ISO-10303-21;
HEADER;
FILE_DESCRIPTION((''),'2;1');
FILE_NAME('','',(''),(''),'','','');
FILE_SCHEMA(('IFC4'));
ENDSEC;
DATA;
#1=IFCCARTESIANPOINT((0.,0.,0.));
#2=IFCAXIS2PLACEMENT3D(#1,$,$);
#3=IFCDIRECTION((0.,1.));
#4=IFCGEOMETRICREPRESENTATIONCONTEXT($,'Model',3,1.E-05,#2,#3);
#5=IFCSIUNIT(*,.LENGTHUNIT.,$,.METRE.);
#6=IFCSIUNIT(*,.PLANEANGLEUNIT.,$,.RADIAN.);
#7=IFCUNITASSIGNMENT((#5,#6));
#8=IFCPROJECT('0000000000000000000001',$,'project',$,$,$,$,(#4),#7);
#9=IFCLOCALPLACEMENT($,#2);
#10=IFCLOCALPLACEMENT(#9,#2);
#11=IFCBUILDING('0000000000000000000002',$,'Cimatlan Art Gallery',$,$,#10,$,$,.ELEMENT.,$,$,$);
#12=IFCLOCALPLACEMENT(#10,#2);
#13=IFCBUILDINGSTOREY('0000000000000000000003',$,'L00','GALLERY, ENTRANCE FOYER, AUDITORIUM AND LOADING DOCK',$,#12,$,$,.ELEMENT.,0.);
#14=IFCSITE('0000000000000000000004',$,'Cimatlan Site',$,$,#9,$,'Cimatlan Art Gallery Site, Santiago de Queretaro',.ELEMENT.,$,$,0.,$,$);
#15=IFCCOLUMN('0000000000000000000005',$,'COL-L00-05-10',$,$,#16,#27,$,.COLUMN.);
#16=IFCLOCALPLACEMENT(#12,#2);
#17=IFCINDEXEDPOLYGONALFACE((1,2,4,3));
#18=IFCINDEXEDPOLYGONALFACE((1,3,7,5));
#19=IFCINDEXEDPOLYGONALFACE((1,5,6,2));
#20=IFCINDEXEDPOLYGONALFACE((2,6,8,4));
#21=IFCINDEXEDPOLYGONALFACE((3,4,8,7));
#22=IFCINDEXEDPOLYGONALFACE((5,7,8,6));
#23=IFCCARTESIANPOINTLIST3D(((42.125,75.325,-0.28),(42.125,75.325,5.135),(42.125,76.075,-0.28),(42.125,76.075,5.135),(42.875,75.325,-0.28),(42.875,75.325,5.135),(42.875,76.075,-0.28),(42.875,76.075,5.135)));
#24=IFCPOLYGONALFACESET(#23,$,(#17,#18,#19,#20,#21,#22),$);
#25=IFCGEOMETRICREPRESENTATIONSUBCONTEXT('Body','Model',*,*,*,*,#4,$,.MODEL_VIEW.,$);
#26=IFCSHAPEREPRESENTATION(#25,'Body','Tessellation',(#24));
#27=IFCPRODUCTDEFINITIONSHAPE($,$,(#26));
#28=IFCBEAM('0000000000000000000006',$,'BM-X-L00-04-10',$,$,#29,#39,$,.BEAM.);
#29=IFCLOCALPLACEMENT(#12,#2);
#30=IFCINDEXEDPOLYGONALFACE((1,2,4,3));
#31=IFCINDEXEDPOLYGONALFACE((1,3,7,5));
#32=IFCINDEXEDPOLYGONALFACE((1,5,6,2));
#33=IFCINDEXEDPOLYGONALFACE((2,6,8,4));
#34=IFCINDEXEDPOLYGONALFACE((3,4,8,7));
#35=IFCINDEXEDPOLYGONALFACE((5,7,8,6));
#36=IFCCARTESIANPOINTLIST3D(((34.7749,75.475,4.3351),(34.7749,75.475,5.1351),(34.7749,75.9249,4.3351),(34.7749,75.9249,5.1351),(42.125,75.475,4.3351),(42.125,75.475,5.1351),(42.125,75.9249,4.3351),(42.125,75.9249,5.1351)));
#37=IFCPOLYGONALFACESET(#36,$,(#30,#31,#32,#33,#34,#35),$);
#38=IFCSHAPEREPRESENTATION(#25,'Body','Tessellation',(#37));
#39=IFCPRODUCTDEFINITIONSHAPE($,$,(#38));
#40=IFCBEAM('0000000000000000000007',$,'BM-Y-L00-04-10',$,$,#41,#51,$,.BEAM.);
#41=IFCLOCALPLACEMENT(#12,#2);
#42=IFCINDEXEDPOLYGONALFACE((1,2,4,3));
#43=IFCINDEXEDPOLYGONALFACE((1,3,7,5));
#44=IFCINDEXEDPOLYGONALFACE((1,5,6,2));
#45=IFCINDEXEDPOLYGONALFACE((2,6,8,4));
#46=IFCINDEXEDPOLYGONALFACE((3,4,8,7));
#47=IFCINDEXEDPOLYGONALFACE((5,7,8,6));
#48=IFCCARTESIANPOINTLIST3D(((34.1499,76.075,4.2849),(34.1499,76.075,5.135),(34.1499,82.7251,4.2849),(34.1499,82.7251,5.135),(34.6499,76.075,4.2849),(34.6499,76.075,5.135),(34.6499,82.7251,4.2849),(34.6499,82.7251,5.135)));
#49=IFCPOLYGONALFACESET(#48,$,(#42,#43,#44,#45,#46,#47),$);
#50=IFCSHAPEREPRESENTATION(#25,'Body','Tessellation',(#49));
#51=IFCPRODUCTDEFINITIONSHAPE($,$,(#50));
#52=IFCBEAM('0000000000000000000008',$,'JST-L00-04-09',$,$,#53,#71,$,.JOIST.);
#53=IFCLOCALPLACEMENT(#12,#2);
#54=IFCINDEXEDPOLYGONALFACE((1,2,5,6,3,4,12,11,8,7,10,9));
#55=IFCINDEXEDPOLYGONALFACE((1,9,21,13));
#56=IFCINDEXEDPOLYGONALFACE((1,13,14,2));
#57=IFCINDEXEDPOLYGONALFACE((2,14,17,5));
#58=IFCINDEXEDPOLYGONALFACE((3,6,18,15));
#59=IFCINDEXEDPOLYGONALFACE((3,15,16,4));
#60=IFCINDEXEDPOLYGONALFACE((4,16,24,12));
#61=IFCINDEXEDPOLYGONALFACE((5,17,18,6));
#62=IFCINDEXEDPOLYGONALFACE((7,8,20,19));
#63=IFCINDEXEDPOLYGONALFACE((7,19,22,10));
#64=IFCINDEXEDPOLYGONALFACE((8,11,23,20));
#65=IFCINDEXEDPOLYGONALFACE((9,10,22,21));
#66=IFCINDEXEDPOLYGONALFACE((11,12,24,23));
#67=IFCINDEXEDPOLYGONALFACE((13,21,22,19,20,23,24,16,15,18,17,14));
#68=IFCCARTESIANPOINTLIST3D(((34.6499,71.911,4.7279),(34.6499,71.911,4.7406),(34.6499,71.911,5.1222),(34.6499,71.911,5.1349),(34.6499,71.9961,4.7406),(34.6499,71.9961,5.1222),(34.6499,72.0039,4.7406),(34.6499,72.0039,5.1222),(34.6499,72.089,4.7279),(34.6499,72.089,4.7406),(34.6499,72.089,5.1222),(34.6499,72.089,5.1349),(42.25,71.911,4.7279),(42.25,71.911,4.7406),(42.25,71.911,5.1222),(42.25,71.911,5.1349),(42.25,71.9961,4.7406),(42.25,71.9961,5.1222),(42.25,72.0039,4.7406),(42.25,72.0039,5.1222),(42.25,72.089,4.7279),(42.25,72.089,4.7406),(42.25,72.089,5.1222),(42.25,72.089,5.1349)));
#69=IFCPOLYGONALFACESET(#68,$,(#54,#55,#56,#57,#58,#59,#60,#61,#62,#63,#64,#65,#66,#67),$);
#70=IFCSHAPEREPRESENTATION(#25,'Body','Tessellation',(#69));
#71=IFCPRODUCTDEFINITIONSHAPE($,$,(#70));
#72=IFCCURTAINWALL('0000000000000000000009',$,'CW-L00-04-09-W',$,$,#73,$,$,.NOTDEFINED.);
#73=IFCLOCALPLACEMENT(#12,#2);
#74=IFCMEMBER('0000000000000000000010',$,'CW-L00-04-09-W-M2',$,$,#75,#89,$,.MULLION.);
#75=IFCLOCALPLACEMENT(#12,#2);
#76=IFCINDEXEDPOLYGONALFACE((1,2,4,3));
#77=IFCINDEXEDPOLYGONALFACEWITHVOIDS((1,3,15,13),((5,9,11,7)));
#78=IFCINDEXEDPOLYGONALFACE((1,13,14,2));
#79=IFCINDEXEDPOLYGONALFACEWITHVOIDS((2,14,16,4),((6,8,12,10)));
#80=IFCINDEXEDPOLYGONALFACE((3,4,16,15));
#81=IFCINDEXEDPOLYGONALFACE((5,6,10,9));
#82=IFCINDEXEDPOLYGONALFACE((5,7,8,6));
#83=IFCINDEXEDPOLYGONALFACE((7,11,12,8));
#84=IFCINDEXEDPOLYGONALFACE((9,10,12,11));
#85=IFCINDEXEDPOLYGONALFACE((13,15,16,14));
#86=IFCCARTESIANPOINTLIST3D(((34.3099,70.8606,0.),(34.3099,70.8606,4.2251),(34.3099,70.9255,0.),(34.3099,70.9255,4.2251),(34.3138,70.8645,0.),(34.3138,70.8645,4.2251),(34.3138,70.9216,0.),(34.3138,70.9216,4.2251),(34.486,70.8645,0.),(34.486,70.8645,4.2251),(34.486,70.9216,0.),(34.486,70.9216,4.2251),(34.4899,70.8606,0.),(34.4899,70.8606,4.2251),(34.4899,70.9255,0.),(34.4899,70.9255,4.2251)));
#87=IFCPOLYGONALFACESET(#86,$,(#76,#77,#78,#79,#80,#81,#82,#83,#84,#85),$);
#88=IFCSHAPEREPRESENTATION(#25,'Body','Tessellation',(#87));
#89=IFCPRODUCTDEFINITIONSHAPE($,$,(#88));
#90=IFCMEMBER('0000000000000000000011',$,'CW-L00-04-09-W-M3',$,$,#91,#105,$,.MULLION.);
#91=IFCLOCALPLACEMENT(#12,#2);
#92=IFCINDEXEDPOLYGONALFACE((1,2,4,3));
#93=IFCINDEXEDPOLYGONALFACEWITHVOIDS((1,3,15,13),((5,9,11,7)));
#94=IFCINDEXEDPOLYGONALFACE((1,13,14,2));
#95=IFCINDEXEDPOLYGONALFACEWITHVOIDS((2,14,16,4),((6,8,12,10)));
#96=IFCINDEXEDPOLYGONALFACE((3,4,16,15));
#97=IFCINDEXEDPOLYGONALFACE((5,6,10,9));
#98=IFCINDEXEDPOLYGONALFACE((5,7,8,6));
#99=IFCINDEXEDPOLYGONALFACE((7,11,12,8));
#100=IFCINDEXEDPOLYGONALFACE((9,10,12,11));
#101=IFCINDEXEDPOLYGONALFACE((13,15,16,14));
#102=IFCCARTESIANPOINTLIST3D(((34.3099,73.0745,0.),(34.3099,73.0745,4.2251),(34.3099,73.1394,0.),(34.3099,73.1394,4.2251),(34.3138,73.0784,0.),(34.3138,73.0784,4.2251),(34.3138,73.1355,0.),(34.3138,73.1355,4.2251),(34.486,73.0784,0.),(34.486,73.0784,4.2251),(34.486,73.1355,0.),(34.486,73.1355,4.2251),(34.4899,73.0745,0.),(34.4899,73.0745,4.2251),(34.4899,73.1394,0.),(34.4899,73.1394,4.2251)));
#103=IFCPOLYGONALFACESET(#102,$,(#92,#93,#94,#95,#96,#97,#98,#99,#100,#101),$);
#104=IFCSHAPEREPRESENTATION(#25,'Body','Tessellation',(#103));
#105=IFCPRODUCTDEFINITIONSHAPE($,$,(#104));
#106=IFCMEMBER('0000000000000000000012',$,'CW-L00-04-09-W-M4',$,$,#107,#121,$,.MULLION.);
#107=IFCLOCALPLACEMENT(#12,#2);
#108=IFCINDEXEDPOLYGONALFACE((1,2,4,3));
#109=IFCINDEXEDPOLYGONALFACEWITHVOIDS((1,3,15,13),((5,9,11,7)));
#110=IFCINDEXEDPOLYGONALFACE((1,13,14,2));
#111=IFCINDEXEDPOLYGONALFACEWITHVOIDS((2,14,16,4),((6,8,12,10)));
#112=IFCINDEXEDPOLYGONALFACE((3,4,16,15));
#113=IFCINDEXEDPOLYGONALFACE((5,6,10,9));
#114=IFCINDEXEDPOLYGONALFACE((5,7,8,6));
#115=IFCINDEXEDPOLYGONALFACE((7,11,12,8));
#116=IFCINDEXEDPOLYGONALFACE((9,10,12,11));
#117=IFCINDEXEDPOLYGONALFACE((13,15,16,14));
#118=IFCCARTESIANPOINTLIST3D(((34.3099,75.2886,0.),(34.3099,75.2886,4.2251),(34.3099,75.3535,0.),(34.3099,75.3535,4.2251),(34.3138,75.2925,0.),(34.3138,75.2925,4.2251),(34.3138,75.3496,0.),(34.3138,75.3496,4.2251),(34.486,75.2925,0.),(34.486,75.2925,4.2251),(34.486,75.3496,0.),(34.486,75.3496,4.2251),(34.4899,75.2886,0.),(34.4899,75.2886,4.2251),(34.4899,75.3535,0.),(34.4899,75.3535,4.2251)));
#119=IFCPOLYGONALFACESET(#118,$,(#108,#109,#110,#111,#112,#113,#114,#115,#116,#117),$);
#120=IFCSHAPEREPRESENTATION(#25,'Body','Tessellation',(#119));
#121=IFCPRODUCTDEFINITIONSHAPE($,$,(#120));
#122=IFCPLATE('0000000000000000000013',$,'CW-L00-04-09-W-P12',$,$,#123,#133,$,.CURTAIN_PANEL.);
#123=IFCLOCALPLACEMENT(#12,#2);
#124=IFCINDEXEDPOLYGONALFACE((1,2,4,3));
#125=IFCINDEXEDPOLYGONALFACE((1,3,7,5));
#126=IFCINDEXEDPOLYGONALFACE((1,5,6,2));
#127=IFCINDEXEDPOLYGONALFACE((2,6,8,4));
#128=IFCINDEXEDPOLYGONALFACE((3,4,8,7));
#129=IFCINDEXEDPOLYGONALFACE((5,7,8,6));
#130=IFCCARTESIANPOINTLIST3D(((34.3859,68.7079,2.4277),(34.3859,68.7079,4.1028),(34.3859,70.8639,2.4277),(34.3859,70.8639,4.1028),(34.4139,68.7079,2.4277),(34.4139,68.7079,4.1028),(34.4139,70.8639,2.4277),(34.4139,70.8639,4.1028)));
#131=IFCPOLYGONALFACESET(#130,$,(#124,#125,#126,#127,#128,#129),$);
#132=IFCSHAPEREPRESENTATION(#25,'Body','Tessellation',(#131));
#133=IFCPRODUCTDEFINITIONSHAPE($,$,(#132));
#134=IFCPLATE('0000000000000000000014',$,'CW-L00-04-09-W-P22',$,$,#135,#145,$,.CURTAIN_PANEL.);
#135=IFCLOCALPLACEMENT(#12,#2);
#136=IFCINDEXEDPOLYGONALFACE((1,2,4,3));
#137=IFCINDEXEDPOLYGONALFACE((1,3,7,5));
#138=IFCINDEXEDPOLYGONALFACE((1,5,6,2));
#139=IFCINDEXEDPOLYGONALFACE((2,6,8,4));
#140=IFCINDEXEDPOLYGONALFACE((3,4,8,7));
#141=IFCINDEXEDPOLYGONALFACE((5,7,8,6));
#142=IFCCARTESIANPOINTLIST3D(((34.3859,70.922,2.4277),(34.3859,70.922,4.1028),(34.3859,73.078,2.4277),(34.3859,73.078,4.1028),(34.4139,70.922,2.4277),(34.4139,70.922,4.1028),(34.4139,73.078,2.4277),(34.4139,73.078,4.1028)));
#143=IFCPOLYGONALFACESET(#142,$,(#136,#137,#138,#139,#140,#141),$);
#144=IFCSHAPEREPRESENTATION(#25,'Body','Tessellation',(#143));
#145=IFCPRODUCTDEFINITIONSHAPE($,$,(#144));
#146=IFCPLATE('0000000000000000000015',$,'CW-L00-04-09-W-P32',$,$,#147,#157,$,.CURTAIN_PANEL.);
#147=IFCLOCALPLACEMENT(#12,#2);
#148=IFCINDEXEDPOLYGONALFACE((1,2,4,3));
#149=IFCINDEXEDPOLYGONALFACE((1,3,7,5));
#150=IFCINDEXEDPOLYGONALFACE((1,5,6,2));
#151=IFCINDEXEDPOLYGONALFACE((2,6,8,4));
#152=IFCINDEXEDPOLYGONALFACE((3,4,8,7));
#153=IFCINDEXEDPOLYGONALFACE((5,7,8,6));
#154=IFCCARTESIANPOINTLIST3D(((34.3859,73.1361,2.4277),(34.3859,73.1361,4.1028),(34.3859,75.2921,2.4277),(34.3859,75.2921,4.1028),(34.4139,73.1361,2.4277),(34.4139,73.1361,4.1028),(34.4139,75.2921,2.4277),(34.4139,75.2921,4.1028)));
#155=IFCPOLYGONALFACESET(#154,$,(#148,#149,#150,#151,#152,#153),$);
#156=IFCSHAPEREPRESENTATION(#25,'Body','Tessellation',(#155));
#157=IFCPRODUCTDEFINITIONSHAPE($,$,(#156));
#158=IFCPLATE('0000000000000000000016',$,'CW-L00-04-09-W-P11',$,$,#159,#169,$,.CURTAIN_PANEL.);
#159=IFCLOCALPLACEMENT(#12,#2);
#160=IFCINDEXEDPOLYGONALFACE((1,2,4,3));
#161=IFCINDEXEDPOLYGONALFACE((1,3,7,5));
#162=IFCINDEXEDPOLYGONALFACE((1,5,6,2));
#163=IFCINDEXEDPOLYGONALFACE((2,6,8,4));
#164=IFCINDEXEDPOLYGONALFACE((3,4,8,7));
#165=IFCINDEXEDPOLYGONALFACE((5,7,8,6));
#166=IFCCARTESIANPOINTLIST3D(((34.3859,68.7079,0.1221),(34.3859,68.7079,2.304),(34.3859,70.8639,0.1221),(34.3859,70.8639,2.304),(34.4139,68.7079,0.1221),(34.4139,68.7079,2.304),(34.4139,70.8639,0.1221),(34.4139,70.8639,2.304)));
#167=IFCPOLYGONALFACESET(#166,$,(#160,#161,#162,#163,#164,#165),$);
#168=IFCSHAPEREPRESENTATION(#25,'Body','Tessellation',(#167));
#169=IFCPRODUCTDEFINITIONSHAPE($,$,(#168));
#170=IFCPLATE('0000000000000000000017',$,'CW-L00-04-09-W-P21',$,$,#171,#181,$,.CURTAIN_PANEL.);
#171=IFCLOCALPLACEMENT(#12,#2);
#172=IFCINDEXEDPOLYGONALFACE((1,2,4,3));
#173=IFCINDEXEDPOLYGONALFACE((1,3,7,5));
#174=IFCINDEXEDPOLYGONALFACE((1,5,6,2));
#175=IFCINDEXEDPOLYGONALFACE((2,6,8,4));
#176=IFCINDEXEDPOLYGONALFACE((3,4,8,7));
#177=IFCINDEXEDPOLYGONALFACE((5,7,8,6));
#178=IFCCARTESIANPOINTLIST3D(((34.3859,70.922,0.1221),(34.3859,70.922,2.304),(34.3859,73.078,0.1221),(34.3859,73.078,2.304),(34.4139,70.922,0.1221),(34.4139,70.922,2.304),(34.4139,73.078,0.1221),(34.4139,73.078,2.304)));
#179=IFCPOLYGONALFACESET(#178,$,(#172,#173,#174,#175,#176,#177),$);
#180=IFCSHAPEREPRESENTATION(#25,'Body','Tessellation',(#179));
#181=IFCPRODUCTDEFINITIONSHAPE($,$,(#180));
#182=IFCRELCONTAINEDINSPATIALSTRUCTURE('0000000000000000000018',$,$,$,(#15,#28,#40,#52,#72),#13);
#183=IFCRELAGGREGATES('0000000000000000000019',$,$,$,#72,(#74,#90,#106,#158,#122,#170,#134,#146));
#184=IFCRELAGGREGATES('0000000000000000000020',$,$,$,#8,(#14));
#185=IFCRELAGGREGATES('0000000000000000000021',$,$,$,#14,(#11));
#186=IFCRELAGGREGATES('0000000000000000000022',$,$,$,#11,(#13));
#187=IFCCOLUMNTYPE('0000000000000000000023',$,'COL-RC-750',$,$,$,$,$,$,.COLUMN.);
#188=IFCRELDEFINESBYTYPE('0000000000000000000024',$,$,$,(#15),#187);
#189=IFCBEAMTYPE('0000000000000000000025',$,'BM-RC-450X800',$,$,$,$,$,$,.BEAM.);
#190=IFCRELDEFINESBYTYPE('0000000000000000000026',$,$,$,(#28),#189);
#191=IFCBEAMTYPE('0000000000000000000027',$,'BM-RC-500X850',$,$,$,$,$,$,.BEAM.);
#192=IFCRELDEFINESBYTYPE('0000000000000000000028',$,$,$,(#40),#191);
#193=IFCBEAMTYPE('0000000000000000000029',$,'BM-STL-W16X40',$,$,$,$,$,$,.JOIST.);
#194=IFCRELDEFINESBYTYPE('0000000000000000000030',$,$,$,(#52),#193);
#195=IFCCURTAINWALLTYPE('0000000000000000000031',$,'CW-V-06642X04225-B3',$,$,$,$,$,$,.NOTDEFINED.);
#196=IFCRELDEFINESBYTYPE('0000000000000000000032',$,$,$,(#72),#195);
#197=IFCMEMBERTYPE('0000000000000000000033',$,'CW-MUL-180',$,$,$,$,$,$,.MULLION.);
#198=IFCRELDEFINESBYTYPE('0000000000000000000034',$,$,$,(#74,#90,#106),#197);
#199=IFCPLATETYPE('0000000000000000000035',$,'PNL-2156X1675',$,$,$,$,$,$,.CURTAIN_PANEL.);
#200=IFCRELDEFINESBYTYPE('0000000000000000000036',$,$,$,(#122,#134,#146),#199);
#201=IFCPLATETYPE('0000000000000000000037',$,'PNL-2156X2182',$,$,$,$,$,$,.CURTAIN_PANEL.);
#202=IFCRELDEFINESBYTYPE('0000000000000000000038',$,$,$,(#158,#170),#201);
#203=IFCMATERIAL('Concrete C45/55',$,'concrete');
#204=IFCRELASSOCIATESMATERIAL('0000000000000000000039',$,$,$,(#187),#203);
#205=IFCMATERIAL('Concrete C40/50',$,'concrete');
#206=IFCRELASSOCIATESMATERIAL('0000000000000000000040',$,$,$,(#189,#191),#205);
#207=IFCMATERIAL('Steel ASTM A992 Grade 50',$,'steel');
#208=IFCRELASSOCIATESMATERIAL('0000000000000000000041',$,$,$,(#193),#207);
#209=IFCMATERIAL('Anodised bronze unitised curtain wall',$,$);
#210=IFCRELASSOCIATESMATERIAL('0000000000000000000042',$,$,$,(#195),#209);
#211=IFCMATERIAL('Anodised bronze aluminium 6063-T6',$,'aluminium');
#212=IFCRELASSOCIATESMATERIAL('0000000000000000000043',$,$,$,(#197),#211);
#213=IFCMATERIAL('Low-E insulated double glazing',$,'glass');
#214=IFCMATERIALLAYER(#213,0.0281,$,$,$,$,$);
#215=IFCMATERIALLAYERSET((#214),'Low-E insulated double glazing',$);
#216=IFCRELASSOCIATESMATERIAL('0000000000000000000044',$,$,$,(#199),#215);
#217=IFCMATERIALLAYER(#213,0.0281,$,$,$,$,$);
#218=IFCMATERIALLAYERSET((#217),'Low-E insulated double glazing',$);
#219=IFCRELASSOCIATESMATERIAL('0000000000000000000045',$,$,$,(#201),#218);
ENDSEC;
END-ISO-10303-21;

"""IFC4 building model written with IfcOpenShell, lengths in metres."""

from ifc_helpers import new_model, si_unit, direction, frame, origin, origin_2d, place, context, subcontext, project, spatial, rectangle, hollow_rectangle, i_section, extrude, material, layer, layer_set, material_profile, profile_set, type_object, element, aggregate, save


model = new_model("IFC4")

# Units and contexts
model_context = context("Model", 3, precision=1e-05, world=origin(), true_north=direction((0.0, 1.0)))
body_context = subcontext(model_context, "Body", "Model", "MODEL_VIEW")
ifc_project = project(units=[si_unit("LENGTHUNIT", "METRE"), si_unit("PLANEANGLEUNIT", "RADIAN")], contexts=[model_context])

# Site, building, storey
site_placement = place(None, origin())
site = spatial("IfcSite", under=ifc_project, at=site_placement, Name="Cimatlan Site", LongName="Cimatlan Art Gallery Site, Santiago de Queretaro", CompositionType="ELEMENT", RefElevation=0.0)
building_placement = place(site_placement, origin())
building = spatial("IfcBuilding", under=site, at=building_placement, Name="Cimatlan Art Gallery", CompositionType="ELEMENT")
storey_placement = place(building_placement, origin())
storey = spatial("IfcBuildingStorey", under=building, at=storey_placement, Name="L00", Description="GALLERY, ENTRANCE FOYER, AUDITORIUM AND LOADING DOCK", CompositionType="ELEMENT", Elevation=0.0)

# Shared definitions
ifc_material_1 = material(Name="Concrete C40/50", Category="concrete")

# Column
ifc_material_2 = material(Name="Concrete C45/55", Category="concrete")
ifc_material_profile_1 = material_profile(ifc_material_2, rectangle(XDim=0.75, YDim=0.75, at=origin_2d()), Name="RC750X750")
ifc_profile_set_1 = profile_set([ifc_material_profile_1], Name="Concrete C45/55")
column_type = type_object("IfcColumnType", Name="COL-RC-750", PredefinedType="COLUMN", material=ifc_profile_set_1)
for number, where, z_axis, x_axis, name in (
    (1, (42.5, 75.7, -0.28), (0.0, 0.0, 1.0), (1.0, 0.0, 0.0), "COL-L00-05-10"),
):
    element("IfcColumn", number, at=place(storey_placement, frame(where, z_axis=z_axis, x_axis=x_axis)), inside=storey, type_object=column_type, Name=name, PredefinedType="COLUMN", context=body_context, shape_type="SweptSolid", body=[
        extrude(rectangle(XDim=0.75, YDim=0.75, at=origin_2d()), origin(), (0.0, 0.0, 1.0), 5.415),
    ])

# Beams
ifc_material_profile_2 = material_profile(ifc_material_1, rectangle(XDim=0.45, YDim=0.8, at=origin_2d()), Name="RC450X800")
ifc_profile_set_2 = profile_set([ifc_material_profile_2], Name="Concrete C40/50")
beam_type_1 = type_object("IfcBeamType", Name="BM-RC-450X800", PredefinedType="BEAM", material=ifc_profile_set_2)
beam_1_placement = place(storey_placement, frame((34.7749, 75.7, 4.7351), z_axis=(1.0, 0.0, 0.0), x_axis=(0.0, 1.0, 0.0)))
element("IfcBeam", 2, at=beam_1_placement, inside=storey, type_object=beam_type_1, Name="BM-X-L00-04-10", PredefinedType="BEAM", context=body_context, shape_type="SweptSolid", body=[
    extrude(rectangle(XDim=0.45, YDim=0.8, at=origin_2d()), origin(), (0.0, 0.0, 1.0), 7.3501),
])
ifc_material_profile_3 = material_profile(ifc_material_1, rectangle(XDim=0.5, YDim=0.8501, at=origin_2d()), Name="RC500X850")
ifc_profile_set_3 = profile_set([ifc_material_profile_3], Name="Concrete C40/50")
beam_type_2 = type_object("IfcBeamType", Name="BM-RC-500X850", PredefinedType="BEAM", material=ifc_profile_set_3)
beam_2_placement = place(storey_placement, frame((34.3999, 76.075, 4.71), z_axis=(0.0, 1.0, 0.0), x_axis=(-1.0, 0.0, 0.0)))
element("IfcBeam", 3, at=beam_2_placement, inside=storey, type_object=beam_type_2, Name="BM-Y-L00-04-10", PredefinedType="BEAM", context=body_context, shape_type="SweptSolid", body=[
    extrude(rectangle(XDim=0.5, YDim=0.8501, at=origin_2d()), origin(), (0.0, 0.0, 1.0), 6.6501),
])
ifc_material_3 = material(Name="Steel ASTM A992 Grade 50", Category="steel")
ifc_material_profile_4 = material_profile(ifc_material_3, i_section(OverallWidth=0.178, OverallDepth=0.407, WebThickness=0.0078, FlangeThickness=0.0127, at=origin_2d()), Name="W16X40")
ifc_profile_set_4 = profile_set([ifc_material_profile_4], Name="Steel ASTM A992 Grade 50")
beam_type_3 = type_object("IfcBeamType", Name="BM-STL-W16X40", PredefinedType="JOIST", material=ifc_profile_set_4)
beam_3_placement = place(storey_placement, frame((34.6499, 72.0, 4.9314), z_axis=(1.0, 0.0, 0.0), x_axis=(0.0, 1.0, 0.0)))
element("IfcBeam", 4, at=beam_3_placement, inside=storey, type_object=beam_type_3, Name="JST-L00-04-09", PredefinedType="JOIST", context=body_context, shape_type="SweptSolid", body=[
    extrude(i_section(OverallWidth=0.178, OverallDepth=0.407, WebThickness=0.0078, FlangeThickness=0.0127, at=origin_2d()), origin(), (0.0, 0.0, 1.0), 7.6001),
])

# Curtain wall, members, plates
ifc_material_4 = material(Name="Anodised bronze unitised curtain wall")
curtain_wall_type = type_object("IfcCurtainWallType", Name="CW-V-06642X04225-B3", PredefinedType="NOTDEFINED", material=ifc_material_4)
curtain_wall_placement = place(storey_placement, origin())
curtain_wall = element("IfcCurtainWall", 5, at=curtain_wall_placement, inside=storey, type_object=curtain_wall_type, Name="CW-L00-04-09-W", PredefinedType="NOTDEFINED")
ifc_material_5 = material(Name="Anodised bronze aluminium 6063-T6", Category="aluminium")
ifc_material_profile_5 = material_profile(ifc_material_5, hollow_rectangle(XDim=0.0649, YDim=0.1799, WallThickness=0.0039, at=origin_2d()), Name="ALU65X180X4")
ifc_profile_set_5 = profile_set([ifc_material_profile_5], Name="Anodised bronze aluminium 6063-T6")
member_type = type_object("IfcMemberType", Name="CW-MUL-180", PredefinedType="MULLION", material=ifc_profile_set_5)
member_1_placement = place(storey_placement, frame((34.3999, 70.8931, 0.0), z_axis=(0.0, 0.0, 1.0), x_axis=(0.0, 1.0, 0.0)))
member_1 = element("IfcMember", 6, at=member_1_placement, type_object=member_type, Name="CW-L00-04-09-W-M2", PredefinedType="MULLION", context=body_context, shape_type="SweptSolid", body=[
    extrude(hollow_rectangle(XDim=0.0649, YDim=0.1799, WallThickness=0.0039, at=origin_2d()), origin(), (0.0, 0.0, 1.0), 4.2251),
])
member_2_placement = place(storey_placement, frame((34.3999, 73.1069, 0.0), z_axis=(0.0, 0.0, 1.0), x_axis=(0.0, 1.0, 0.0)))
member_2 = element("IfcMember", 7, at=member_2_placement, type_object=member_type, Name="CW-L00-04-09-W-M3", PredefinedType="MULLION", context=body_context, shape_type="SweptSolid", body=[
    extrude(hollow_rectangle(XDim=0.0649, YDim=0.1799, WallThickness=0.0039, at=origin_2d()), origin(), (0.0, 0.0, 1.0), 4.2251),
])
member_3_placement = place(storey_placement, frame((34.3999, 75.321, 0.0), z_axis=(0.0, 0.0, 1.0), x_axis=(0.0, 1.0, 0.0)))
member_3 = element("IfcMember", 8, at=member_3_placement, type_object=member_type, Name="CW-L00-04-09-W-M4", PredefinedType="MULLION", context=body_context, shape_type="SweptSolid", body=[
    extrude(hollow_rectangle(XDim=0.0649, YDim=0.1799, WallThickness=0.0039, at=origin_2d()), origin(), (0.0, 0.0, 1.0), 4.2251),
])
ifc_material_6 = material(Name="Low-E insulated double glazing", Category="glass")
ifc_layer_1 = layer(ifc_material_6, 0.0281)
ifc_layer_set_1 = layer_set([ifc_layer_1], Name="Low-E insulated double glazing")
plate_type_1 = type_object("IfcPlateType", Name="PNL-2156X1675", PredefinedType="CURTAIN_PANEL", material=ifc_layer_set_1)
plate_1_placement = place(storey_placement, frame((34.3999, 69.7859, 2.4277), z_axis=(0.0, 0.0, 1.0), x_axis=(0.0, 1.0, 0.0)))
plate_1 = element("IfcPlate", 9, at=plate_1_placement, type_object=plate_type_1, Name="CW-L00-04-09-W-P12", PredefinedType="CURTAIN_PANEL", context=body_context, shape_type="SweptSolid", body=[
    extrude(rectangle(XDim=2.156, YDim=0.0281, at=origin_2d()), origin(), (0.0, 0.0, 1.0), 1.675),
])
plate_2_placement = place(storey_placement, frame((34.3999, 72.0, 2.4277), z_axis=(0.0, 0.0, 1.0), x_axis=(0.0, 1.0, 0.0)))
plate_2 = element("IfcPlate", 10, at=plate_2_placement, type_object=plate_type_1, Name="CW-L00-04-09-W-P22", PredefinedType="CURTAIN_PANEL", context=body_context, shape_type="SweptSolid", body=[
    extrude(rectangle(XDim=2.156, YDim=0.0281, at=origin_2d()), origin(), (0.0, 0.0, 1.0), 1.675),
])
plate_3_placement = place(storey_placement, frame((34.3999, 74.2141, 2.4277), z_axis=(0.0, 0.0, 1.0), x_axis=(0.0, 1.0, 0.0)))
plate_3 = element("IfcPlate", 11, at=plate_3_placement, type_object=plate_type_1, Name="CW-L00-04-09-W-P32", PredefinedType="CURTAIN_PANEL", context=body_context, shape_type="SweptSolid", body=[
    extrude(rectangle(XDim=2.156, YDim=0.0281, at=origin_2d()), origin(), (0.0, 0.0, 1.0), 1.675),
])
ifc_layer_2 = layer(ifc_material_6, 0.0281)
ifc_layer_set_2 = layer_set([ifc_layer_2], Name="Low-E insulated double glazing")
plate_type_2 = type_object("IfcPlateType", Name="PNL-2156X2182", PredefinedType="CURTAIN_PANEL", material=ifc_layer_set_2)
plate_4_placement = place(storey_placement, frame((34.3999, 69.7859, 0.1221), z_axis=(0.0, 0.0, 1.0), x_axis=(0.0, 1.0, 0.0)))
plate_4 = element("IfcPlate", 12, at=plate_4_placement, type_object=plate_type_2, Name="CW-L00-04-09-W-P11", PredefinedType="CURTAIN_PANEL", context=body_context, shape_type="SweptSolid", body=[
    extrude(rectangle(XDim=2.156, YDim=0.0281, at=origin_2d()), origin(), (0.0, 0.0, 1.0), 2.1819),
])
plate_5_placement = place(storey_placement, frame((34.3999, 72.0, 0.1221), z_axis=(0.0, 0.0, 1.0), x_axis=(0.0, 1.0, 0.0)))
plate_5 = element("IfcPlate", 13, at=plate_5_placement, type_object=plate_type_2, Name="CW-L00-04-09-W-P21", PredefinedType="CURTAIN_PANEL", context=body_context, shape_type="SweptSolid", body=[
    extrude(rectangle(XDim=2.156, YDim=0.0281, at=origin_2d()), origin(), (0.0, 0.0, 1.0), 2.1819),
])
aggregate(curtain_wall, [member_1, member_2, member_3, plate_4, plate_1, plate_5, plate_2, plate_3])

save(model, "model.ifc")
